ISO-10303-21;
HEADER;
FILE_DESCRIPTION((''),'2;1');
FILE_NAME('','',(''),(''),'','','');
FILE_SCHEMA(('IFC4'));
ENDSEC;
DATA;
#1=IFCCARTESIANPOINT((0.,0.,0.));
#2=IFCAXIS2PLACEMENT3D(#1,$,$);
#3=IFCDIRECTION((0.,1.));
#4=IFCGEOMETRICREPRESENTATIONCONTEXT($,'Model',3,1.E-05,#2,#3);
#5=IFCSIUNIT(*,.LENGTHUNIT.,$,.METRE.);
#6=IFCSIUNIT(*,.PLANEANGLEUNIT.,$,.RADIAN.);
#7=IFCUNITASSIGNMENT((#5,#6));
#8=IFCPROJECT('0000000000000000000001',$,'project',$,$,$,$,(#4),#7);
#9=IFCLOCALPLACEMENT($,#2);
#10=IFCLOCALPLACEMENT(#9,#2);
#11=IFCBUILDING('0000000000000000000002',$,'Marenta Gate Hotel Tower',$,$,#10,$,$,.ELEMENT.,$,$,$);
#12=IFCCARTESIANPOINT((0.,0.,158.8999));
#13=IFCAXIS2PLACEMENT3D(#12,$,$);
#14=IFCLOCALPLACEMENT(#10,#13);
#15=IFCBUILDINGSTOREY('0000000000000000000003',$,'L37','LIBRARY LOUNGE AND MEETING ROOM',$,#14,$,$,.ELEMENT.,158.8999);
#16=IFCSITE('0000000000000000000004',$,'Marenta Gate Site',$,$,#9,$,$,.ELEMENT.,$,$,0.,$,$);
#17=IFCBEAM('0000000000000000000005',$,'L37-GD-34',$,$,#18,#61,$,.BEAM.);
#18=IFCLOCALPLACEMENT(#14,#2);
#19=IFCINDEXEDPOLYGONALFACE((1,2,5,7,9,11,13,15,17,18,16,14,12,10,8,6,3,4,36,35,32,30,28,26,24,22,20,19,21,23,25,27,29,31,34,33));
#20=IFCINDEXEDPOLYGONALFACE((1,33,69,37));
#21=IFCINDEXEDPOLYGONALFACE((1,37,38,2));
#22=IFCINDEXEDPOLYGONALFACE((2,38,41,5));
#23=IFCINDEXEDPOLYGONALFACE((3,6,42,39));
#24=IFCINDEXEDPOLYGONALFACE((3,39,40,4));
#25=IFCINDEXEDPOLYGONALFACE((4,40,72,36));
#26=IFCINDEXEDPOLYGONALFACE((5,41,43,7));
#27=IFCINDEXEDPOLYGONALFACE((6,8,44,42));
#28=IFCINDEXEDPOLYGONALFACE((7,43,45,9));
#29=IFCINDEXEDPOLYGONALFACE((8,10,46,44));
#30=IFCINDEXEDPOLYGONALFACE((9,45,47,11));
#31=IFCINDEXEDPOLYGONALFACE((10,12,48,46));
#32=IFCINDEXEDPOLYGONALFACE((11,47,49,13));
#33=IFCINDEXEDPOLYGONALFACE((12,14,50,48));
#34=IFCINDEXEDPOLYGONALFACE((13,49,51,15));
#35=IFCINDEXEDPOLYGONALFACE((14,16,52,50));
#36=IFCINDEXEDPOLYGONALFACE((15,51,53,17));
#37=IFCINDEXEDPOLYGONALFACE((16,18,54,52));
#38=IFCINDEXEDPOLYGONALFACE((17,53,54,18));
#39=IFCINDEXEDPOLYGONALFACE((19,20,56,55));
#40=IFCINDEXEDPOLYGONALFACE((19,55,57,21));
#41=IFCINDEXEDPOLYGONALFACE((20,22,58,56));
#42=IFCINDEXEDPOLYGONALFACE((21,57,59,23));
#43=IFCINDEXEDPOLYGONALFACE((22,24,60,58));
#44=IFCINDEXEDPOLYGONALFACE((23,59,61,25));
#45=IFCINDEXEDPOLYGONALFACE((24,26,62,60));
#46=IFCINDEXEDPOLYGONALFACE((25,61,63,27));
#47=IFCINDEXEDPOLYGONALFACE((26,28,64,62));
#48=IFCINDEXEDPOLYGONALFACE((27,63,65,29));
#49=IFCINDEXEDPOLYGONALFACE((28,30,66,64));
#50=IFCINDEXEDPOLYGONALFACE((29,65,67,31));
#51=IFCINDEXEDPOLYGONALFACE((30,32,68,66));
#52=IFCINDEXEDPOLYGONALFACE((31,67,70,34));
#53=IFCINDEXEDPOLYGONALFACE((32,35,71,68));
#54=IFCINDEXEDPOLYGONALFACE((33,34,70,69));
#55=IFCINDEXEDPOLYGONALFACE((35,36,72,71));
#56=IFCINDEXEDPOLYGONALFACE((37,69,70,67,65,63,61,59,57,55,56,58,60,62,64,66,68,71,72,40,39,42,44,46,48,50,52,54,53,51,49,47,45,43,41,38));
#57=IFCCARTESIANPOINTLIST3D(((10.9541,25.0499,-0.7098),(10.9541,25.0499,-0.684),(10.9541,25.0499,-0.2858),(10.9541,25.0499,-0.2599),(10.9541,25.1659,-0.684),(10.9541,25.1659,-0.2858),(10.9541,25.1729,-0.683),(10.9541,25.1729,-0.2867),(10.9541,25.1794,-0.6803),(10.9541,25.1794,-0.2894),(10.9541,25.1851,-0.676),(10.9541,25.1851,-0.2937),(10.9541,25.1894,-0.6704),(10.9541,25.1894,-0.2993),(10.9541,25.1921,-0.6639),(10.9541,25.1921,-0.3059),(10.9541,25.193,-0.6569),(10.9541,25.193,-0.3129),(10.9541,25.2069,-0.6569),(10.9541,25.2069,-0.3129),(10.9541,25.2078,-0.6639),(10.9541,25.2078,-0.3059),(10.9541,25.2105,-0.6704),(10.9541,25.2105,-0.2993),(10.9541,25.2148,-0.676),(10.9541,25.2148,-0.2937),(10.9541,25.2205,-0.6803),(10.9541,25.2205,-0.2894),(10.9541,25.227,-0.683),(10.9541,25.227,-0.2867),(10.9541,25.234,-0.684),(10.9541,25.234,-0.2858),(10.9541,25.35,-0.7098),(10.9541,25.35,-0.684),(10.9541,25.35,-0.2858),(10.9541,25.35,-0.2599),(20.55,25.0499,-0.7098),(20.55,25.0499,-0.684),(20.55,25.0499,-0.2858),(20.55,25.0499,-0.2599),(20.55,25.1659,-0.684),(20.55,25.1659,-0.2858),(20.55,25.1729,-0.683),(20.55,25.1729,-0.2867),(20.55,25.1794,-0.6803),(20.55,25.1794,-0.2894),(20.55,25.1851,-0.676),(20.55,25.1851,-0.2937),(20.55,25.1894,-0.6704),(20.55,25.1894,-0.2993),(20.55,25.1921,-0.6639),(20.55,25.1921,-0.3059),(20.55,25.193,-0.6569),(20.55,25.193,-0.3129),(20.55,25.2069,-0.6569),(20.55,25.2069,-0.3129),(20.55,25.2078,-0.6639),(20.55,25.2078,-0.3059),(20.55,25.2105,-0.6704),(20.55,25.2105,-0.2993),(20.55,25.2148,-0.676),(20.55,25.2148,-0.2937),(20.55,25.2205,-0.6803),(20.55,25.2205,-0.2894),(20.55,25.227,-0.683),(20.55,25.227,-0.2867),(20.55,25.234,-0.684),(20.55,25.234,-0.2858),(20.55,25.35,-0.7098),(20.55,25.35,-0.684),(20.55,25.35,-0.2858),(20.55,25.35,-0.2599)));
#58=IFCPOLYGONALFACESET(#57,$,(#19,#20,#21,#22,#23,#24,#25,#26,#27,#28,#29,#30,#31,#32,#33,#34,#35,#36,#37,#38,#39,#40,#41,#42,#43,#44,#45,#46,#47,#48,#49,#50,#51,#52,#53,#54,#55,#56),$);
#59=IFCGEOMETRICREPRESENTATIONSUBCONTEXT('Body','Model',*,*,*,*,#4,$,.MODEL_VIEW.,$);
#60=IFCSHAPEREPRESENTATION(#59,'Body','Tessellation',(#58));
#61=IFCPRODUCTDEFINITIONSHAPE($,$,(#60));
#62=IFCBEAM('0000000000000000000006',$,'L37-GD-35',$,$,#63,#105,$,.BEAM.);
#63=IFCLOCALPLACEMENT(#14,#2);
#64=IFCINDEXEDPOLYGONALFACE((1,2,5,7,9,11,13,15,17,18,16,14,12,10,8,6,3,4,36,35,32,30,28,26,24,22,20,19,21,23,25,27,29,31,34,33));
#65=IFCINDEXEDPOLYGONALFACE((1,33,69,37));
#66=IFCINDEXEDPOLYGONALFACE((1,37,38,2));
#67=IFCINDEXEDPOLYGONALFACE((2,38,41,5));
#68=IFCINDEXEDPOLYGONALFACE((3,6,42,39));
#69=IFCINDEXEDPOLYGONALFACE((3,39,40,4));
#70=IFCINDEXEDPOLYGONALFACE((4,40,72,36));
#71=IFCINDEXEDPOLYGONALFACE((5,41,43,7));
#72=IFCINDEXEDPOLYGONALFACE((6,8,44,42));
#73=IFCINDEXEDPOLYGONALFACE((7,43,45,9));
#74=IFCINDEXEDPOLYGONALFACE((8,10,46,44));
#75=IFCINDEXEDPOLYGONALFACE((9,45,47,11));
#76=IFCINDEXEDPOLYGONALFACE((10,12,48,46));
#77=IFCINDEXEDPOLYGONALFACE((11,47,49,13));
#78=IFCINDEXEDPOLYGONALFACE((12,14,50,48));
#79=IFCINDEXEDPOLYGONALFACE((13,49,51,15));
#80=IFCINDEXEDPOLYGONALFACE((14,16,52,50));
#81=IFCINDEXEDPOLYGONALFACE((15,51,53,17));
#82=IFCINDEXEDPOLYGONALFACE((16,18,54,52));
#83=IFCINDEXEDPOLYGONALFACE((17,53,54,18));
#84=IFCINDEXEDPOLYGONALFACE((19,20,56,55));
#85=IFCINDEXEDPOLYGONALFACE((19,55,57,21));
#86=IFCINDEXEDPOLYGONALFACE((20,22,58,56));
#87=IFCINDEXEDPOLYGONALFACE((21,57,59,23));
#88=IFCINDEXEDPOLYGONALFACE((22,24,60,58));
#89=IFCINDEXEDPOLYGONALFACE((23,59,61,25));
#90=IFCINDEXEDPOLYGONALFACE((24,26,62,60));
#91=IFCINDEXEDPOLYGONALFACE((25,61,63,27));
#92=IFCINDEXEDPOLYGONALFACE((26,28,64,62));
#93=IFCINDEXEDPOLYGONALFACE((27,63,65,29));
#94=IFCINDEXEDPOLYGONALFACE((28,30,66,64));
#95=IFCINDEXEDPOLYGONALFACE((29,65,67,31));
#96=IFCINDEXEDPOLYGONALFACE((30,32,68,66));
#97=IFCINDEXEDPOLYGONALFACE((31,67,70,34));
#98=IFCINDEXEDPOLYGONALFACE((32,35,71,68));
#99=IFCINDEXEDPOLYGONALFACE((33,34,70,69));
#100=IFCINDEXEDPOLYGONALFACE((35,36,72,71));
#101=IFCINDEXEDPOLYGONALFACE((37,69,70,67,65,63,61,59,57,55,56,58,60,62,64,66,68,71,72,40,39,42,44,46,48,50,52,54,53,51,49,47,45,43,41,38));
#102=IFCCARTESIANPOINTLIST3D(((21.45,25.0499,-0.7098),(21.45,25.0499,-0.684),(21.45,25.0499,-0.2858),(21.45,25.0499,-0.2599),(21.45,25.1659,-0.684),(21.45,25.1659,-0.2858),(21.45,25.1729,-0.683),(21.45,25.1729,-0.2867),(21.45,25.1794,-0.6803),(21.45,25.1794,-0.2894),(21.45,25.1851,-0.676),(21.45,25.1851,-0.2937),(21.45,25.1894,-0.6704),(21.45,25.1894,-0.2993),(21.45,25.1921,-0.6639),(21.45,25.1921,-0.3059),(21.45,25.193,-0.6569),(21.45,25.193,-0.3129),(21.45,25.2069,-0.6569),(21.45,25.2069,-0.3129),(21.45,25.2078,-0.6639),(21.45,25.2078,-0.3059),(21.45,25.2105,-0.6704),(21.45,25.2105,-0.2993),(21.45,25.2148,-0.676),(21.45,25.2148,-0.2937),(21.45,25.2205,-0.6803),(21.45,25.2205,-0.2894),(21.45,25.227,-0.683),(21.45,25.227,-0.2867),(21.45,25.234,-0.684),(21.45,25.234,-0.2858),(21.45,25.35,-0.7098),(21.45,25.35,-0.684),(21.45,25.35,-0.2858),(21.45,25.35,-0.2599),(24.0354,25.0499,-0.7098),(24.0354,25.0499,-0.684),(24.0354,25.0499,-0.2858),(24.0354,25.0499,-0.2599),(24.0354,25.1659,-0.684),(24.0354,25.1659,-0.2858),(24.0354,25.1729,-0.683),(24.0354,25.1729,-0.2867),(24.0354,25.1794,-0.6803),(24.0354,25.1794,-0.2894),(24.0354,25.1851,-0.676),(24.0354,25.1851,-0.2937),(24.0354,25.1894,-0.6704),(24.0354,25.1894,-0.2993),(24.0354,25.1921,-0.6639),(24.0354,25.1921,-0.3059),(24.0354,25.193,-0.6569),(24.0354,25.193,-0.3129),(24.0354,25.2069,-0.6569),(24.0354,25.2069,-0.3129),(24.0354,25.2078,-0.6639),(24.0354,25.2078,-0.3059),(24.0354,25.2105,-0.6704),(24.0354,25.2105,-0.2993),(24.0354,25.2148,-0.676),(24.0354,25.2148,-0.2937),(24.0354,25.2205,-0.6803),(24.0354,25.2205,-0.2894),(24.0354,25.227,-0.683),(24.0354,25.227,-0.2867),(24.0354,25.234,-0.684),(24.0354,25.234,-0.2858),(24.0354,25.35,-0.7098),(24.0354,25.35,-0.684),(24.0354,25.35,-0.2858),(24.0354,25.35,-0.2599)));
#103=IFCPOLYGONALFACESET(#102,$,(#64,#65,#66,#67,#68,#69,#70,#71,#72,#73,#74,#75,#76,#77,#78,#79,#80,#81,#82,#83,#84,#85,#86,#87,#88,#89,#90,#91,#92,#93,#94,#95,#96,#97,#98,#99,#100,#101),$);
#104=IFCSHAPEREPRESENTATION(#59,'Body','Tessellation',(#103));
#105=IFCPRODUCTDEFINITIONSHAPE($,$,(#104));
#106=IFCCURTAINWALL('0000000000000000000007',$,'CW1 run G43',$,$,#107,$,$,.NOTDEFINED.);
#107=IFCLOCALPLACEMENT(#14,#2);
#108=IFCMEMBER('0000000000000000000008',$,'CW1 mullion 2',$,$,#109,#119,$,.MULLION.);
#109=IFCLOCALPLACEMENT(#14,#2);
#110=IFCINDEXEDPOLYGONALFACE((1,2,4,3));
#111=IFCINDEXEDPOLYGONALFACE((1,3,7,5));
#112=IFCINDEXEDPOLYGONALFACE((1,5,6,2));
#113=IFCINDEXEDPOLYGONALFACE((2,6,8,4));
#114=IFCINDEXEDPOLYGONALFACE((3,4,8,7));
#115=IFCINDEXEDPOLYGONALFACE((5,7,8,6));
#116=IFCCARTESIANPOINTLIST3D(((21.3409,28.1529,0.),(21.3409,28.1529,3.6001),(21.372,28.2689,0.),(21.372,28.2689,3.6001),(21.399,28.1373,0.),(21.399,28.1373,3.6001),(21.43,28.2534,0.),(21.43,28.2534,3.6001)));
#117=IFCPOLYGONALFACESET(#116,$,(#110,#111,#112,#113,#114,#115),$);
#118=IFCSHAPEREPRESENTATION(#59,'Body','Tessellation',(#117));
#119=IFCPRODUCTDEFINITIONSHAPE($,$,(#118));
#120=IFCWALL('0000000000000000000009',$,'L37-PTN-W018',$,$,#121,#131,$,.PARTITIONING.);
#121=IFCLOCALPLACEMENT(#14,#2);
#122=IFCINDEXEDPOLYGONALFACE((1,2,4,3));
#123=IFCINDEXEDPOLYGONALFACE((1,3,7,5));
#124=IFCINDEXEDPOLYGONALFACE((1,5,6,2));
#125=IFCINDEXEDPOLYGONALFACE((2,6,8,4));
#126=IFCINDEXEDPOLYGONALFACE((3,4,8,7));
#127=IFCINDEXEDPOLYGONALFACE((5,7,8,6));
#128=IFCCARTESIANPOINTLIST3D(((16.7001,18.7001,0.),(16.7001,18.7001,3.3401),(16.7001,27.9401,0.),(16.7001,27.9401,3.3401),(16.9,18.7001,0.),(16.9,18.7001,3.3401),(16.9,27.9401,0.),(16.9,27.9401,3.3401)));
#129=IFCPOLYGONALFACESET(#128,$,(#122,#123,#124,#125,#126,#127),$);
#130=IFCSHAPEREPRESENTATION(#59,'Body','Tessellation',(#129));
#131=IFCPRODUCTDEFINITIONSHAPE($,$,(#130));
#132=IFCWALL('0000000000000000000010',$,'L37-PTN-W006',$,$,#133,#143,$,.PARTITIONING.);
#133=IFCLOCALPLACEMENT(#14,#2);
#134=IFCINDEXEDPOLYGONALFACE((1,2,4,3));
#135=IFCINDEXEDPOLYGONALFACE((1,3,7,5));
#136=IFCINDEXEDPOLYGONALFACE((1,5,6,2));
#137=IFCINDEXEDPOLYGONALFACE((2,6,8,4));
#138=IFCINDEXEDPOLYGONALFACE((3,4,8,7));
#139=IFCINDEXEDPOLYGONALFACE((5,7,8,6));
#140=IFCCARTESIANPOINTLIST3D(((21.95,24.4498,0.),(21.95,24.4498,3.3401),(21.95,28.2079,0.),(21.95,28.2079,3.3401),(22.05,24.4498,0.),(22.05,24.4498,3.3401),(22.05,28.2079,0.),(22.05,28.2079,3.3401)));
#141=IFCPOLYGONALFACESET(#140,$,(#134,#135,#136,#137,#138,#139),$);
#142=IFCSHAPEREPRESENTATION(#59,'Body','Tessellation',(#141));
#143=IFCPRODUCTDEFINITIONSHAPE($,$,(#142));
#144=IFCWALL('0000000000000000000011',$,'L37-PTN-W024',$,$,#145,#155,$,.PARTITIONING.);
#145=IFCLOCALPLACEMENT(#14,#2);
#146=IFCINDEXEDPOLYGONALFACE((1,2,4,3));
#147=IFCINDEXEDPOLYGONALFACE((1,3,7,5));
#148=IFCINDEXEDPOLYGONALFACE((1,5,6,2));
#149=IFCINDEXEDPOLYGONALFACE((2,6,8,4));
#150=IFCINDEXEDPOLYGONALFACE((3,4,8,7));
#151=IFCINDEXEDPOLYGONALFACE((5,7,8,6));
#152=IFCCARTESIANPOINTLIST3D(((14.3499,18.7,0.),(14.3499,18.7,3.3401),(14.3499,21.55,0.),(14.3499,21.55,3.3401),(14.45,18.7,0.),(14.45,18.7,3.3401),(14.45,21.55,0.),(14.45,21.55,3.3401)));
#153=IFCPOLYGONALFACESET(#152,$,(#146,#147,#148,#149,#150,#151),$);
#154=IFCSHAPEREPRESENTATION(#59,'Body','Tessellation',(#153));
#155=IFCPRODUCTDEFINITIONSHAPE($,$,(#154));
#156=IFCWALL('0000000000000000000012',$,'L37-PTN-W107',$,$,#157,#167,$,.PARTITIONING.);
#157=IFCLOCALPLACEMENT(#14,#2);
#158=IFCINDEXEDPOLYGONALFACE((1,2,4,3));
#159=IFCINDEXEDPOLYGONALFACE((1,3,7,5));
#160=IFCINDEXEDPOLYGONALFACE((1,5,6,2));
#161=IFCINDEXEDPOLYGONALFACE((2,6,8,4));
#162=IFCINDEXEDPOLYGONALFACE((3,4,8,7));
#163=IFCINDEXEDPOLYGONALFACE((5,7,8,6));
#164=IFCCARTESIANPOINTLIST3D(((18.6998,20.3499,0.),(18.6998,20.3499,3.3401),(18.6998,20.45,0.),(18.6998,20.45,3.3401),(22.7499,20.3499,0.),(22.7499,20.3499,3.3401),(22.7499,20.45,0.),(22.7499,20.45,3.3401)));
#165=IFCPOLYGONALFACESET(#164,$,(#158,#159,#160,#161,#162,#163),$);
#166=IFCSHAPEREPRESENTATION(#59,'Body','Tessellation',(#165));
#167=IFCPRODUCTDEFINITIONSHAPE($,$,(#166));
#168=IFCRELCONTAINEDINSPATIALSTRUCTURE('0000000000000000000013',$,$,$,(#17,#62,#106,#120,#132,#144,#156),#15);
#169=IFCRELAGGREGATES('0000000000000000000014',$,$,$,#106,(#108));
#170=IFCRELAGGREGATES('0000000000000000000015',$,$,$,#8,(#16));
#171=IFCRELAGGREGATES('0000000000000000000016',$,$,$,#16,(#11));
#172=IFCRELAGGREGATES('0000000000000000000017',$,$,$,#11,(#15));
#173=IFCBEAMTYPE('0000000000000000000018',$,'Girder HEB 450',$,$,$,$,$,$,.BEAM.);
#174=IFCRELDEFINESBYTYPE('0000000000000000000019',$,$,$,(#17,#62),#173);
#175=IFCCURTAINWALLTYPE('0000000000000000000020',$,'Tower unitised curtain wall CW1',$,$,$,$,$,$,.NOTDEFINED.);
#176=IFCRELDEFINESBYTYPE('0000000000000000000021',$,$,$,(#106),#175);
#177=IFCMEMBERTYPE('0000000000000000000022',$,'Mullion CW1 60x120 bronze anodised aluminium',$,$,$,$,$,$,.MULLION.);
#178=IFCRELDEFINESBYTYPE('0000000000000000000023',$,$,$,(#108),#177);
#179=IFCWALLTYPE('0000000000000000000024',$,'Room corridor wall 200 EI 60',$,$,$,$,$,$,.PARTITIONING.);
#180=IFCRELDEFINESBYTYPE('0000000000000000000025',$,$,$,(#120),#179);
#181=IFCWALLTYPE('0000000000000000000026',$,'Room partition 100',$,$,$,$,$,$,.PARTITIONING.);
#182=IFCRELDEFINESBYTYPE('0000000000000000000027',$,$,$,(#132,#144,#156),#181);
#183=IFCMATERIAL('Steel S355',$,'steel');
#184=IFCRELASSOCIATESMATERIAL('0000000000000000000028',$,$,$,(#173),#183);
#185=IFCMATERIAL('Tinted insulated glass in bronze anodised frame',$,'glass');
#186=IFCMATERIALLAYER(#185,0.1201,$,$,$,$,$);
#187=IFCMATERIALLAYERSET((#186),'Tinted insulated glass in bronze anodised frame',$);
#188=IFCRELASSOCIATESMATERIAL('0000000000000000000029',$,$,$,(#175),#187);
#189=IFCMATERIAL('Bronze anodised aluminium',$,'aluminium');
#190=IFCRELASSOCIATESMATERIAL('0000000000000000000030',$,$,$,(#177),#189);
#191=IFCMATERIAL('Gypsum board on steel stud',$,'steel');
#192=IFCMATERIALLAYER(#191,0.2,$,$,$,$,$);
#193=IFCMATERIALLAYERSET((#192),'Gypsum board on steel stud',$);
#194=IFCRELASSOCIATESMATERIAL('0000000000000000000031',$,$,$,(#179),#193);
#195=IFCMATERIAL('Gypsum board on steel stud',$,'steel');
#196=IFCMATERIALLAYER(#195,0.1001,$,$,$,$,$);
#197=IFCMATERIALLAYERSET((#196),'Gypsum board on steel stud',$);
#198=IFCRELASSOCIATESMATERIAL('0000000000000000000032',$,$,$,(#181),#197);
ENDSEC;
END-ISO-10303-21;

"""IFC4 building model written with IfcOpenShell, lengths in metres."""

from ifc_helpers import new_model, si_unit, direction, frame, frame_2d, origin, origin_2d, place, context, subcontext, project, spatial, rectangle, i_section, extrude, material, layer, layer_set, material_profile, profile_set, type_object, element, aggregate, save


model = new_model("IFC4")

# Units and contexts
model_context = context("Model", 3, precision=1e-05, world=origin(), true_north=direction((0.0, 1.0)))
body_context = subcontext(model_context, "Body", "Model", "MODEL_VIEW")
ifc_project = project(units=[si_unit("LENGTHUNIT", "METRE"), si_unit("PLANEANGLEUNIT", "RADIAN")], contexts=[model_context])

# Site, building, storey
site_placement = place(None, origin())
site = spatial("IfcSite", under=ifc_project, at=site_placement, Name="Marenta Gate Site", CompositionType="ELEMENT", RefElevation=0.0)
building_placement = place(site_placement, origin())
building = spatial("IfcBuilding", under=site, at=building_placement, Name="Marenta Gate Hotel Tower", CompositionType="ELEMENT")
storey_placement = place(building_placement, frame((0.0, 0.0, 158.8999)))
storey = spatial("IfcBuildingStorey", under=building, at=storey_placement, Name="L37", Description="LIBRARY LOUNGE AND MEETING ROOM", CompositionType="ELEMENT", Elevation=158.8999)

# Beams
ifc_material_1 = material(Name="Steel S355", Category="steel")
ifc_material_profile_1 = material_profile(ifc_material_1, i_section(OverallWidth=0.3, OverallDepth=0.45, WebThickness=0.0139, FlangeThickness=0.0259, FilletRadius=0.0271, at=origin_2d()), Name="HEB 450")
ifc_profile_set_1 = profile_set([ifc_material_profile_1], Name="Steel S355")
beam_type_1 = type_object("IfcBeamType", Name="Girder HEB 450", PredefinedType="BEAM", material=ifc_profile_set_1)
beam_1_placement = place(storey_placement, frame((10.9541, 25.2, -0.4849), z_axis=(1.0, 0.0, 0.0), x_axis=(0.0, 1.0, 0.0)))
element("IfcBeam", 1, at=beam_1_placement, inside=storey, type_object=beam_type_1, Name="L37-GD-34", PredefinedType="BEAM", context=body_context, shape_type="SweptSolid", body=[
    extrude(i_section(OverallWidth=0.3, OverallDepth=0.45, WebThickness=0.0139, FlangeThickness=0.0259, FilletRadius=0.0271, at=origin_2d()), origin(), (0.0, 0.0, 1.0), 9.5959),
])
beam_2_placement = place(storey_placement, frame((21.45, 25.2, -0.4849), z_axis=(1.0, 0.0, 0.0), x_axis=(0.0, 1.0, 0.0)))
element("IfcBeam", 2, at=beam_2_placement, inside=storey, type_object=beam_type_1, Name="L37-GD-35", PredefinedType="BEAM", context=body_context, shape_type="SweptSolid", body=[
    extrude(i_section(OverallWidth=0.3, OverallDepth=0.45, WebThickness=0.0139, FlangeThickness=0.0259, FilletRadius=0.0271, at=origin_2d()), origin(), (0.0, 0.0, 1.0), 2.5854),
])

# Curtain wall, member
ifc_material_2 = material(Name="Tinted insulated glass in bronze anodised frame", Category="glass")
ifc_layer_1 = layer(ifc_material_2, 0.1201)
ifc_layer_set_1 = layer_set([ifc_layer_1], Name="Tinted insulated glass in bronze anodised frame")
curtain_wall_type = type_object("IfcCurtainWallType", Name="Tower unitised curtain wall CW1", PredefinedType="NOTDEFINED", material=ifc_layer_set_1)
curtain_wall_placement = place(storey_placement, origin())
curtain_wall = element("IfcCurtainWall", 3, at=curtain_wall_placement, inside=storey, type_object=curtain_wall_type, Name="CW1 run G43", PredefinedType="NOTDEFINED")
ifc_material_3 = material(Name="Bronze anodised aluminium", Category="aluminium")
ifc_material_profile_2 = material_profile(ifc_material_3, rectangle(XDim=0.1201, YDim=0.0601, at=origin_2d()), Name="Mullion CW1 60x120 bronze anodised aluminium")
ifc_profile_set_2 = profile_set([ifc_material_profile_2], Name="Bronze anodised aluminium")
member_type = type_object("IfcMemberType", Name="Mullion CW1 60x120 bronze anodised aluminium", PredefinedType="MULLION", material=ifc_profile_set_2)
member_placement = place(storey_placement, frame((21.3855, 28.2031, 0.0), z_axis=(0.0, 0.0, 1.0), x_axis=(-0.258806, -0.965929, 0.0)))
member = element("IfcMember", 4, at=member_placement, type_object=member_type, Name="CW1 mullion 2", PredefinedType="MULLION", context=body_context, shape_type="SweptSolid", body=[
    extrude(rectangle(XDim=0.1201, YDim=0.0601, at=origin_2d()), origin(), (0.0, 0.0, 1.0), 3.6001),
])
aggregate(curtain_wall, [member])

# Walls
ifc_material_4 = material(Name="Gypsum board on steel stud", Category="steel")
ifc_layer_2 = layer(ifc_material_4, 0.2)
ifc_layer_set_2 = layer_set([ifc_layer_2], Name="Gypsum board on steel stud")
wall_type_1 = type_object("IfcWallType", Name="Room corridor wall 200 EI 60", PredefinedType="PARTITIONING", material=ifc_layer_set_2)
wall_1_placement = place(storey_placement, frame((16.8, 18.7, 0.0), z_axis=(0.0, 0.0, 1.0), x_axis=(0.0, 1.0, 0.0)))
element("IfcWall", 5, at=wall_1_placement, inside=storey, type_object=wall_type_1, Name="L37-PTN-W018", PredefinedType="PARTITIONING", context=body_context, shape_type="SweptSolid", body=[
    extrude(rectangle(XDim=9.24, YDim=0.2, at=frame_2d((4.6201, 0.0))), origin(), (0.0, 0.0, 1.0), 3.3401),
])
ifc_material_5 = material(Name="Gypsum board on steel stud", Category="steel")
ifc_layer_3 = layer(ifc_material_5, 0.1001)
ifc_layer_set_3 = layer_set([ifc_layer_3], Name="Gypsum board on steel stud")
wall_type_2 = type_object("IfcWallType", Name="Room partition 100", PredefinedType="PARTITIONING", material=ifc_layer_set_3)
wall_2_placement = place(storey_placement, frame((22.0, 24.45, 0.0), z_axis=(0.0, 0.0, 1.0), x_axis=(0.0, 1.0, 0.0)))
element("IfcWall", 6, at=wall_2_placement, inside=storey, type_object=wall_type_2, Name="L37-PTN-W006", PredefinedType="PARTITIONING", context=body_context, shape_type="SweptSolid", body=[
    extrude(rectangle(XDim=3.7581, YDim=0.1001, at=frame_2d((1.8789, 0.0))), origin(), (0.0, 0.0, 1.0), 3.3401),
])
wall_3_placement = place(storey_placement, frame((14.3999, 18.7, 0.0), z_axis=(0.0, 0.0, 1.0), x_axis=(0.0, 1.0, 0.0)))
element("IfcWall", 7, at=wall_3_placement, inside=storey, type_object=wall_type_2, Name="L37-PTN-W024", PredefinedType="PARTITIONING", context=body_context, shape_type="SweptSolid", body=[
    extrude(rectangle(XDim=2.8501, YDim=0.1001, at=frame_2d((1.425, 0.0))), origin(), (0.0, 0.0, 1.0), 3.3401),
])
wall_4_placement = place(storey_placement, frame((18.7, 20.3999, 0.0), z_axis=(0.0, 0.0, 1.0), x_axis=(1.0, 0.0, 0.0)))
element("IfcWall", 8, at=wall_4_placement, inside=storey, type_object=wall_type_2, Name="L37-PTN-W107", PredefinedType="PARTITIONING", context=body_context, shape_type="SweptSolid", body=[
    extrude(rectangle(XDim=4.05, YDim=0.1001, at=frame_2d((2.0249, 0.0))), origin(), (0.0, 0.0, 1.0), 3.3401),
])

save(model, "model.ifc")
